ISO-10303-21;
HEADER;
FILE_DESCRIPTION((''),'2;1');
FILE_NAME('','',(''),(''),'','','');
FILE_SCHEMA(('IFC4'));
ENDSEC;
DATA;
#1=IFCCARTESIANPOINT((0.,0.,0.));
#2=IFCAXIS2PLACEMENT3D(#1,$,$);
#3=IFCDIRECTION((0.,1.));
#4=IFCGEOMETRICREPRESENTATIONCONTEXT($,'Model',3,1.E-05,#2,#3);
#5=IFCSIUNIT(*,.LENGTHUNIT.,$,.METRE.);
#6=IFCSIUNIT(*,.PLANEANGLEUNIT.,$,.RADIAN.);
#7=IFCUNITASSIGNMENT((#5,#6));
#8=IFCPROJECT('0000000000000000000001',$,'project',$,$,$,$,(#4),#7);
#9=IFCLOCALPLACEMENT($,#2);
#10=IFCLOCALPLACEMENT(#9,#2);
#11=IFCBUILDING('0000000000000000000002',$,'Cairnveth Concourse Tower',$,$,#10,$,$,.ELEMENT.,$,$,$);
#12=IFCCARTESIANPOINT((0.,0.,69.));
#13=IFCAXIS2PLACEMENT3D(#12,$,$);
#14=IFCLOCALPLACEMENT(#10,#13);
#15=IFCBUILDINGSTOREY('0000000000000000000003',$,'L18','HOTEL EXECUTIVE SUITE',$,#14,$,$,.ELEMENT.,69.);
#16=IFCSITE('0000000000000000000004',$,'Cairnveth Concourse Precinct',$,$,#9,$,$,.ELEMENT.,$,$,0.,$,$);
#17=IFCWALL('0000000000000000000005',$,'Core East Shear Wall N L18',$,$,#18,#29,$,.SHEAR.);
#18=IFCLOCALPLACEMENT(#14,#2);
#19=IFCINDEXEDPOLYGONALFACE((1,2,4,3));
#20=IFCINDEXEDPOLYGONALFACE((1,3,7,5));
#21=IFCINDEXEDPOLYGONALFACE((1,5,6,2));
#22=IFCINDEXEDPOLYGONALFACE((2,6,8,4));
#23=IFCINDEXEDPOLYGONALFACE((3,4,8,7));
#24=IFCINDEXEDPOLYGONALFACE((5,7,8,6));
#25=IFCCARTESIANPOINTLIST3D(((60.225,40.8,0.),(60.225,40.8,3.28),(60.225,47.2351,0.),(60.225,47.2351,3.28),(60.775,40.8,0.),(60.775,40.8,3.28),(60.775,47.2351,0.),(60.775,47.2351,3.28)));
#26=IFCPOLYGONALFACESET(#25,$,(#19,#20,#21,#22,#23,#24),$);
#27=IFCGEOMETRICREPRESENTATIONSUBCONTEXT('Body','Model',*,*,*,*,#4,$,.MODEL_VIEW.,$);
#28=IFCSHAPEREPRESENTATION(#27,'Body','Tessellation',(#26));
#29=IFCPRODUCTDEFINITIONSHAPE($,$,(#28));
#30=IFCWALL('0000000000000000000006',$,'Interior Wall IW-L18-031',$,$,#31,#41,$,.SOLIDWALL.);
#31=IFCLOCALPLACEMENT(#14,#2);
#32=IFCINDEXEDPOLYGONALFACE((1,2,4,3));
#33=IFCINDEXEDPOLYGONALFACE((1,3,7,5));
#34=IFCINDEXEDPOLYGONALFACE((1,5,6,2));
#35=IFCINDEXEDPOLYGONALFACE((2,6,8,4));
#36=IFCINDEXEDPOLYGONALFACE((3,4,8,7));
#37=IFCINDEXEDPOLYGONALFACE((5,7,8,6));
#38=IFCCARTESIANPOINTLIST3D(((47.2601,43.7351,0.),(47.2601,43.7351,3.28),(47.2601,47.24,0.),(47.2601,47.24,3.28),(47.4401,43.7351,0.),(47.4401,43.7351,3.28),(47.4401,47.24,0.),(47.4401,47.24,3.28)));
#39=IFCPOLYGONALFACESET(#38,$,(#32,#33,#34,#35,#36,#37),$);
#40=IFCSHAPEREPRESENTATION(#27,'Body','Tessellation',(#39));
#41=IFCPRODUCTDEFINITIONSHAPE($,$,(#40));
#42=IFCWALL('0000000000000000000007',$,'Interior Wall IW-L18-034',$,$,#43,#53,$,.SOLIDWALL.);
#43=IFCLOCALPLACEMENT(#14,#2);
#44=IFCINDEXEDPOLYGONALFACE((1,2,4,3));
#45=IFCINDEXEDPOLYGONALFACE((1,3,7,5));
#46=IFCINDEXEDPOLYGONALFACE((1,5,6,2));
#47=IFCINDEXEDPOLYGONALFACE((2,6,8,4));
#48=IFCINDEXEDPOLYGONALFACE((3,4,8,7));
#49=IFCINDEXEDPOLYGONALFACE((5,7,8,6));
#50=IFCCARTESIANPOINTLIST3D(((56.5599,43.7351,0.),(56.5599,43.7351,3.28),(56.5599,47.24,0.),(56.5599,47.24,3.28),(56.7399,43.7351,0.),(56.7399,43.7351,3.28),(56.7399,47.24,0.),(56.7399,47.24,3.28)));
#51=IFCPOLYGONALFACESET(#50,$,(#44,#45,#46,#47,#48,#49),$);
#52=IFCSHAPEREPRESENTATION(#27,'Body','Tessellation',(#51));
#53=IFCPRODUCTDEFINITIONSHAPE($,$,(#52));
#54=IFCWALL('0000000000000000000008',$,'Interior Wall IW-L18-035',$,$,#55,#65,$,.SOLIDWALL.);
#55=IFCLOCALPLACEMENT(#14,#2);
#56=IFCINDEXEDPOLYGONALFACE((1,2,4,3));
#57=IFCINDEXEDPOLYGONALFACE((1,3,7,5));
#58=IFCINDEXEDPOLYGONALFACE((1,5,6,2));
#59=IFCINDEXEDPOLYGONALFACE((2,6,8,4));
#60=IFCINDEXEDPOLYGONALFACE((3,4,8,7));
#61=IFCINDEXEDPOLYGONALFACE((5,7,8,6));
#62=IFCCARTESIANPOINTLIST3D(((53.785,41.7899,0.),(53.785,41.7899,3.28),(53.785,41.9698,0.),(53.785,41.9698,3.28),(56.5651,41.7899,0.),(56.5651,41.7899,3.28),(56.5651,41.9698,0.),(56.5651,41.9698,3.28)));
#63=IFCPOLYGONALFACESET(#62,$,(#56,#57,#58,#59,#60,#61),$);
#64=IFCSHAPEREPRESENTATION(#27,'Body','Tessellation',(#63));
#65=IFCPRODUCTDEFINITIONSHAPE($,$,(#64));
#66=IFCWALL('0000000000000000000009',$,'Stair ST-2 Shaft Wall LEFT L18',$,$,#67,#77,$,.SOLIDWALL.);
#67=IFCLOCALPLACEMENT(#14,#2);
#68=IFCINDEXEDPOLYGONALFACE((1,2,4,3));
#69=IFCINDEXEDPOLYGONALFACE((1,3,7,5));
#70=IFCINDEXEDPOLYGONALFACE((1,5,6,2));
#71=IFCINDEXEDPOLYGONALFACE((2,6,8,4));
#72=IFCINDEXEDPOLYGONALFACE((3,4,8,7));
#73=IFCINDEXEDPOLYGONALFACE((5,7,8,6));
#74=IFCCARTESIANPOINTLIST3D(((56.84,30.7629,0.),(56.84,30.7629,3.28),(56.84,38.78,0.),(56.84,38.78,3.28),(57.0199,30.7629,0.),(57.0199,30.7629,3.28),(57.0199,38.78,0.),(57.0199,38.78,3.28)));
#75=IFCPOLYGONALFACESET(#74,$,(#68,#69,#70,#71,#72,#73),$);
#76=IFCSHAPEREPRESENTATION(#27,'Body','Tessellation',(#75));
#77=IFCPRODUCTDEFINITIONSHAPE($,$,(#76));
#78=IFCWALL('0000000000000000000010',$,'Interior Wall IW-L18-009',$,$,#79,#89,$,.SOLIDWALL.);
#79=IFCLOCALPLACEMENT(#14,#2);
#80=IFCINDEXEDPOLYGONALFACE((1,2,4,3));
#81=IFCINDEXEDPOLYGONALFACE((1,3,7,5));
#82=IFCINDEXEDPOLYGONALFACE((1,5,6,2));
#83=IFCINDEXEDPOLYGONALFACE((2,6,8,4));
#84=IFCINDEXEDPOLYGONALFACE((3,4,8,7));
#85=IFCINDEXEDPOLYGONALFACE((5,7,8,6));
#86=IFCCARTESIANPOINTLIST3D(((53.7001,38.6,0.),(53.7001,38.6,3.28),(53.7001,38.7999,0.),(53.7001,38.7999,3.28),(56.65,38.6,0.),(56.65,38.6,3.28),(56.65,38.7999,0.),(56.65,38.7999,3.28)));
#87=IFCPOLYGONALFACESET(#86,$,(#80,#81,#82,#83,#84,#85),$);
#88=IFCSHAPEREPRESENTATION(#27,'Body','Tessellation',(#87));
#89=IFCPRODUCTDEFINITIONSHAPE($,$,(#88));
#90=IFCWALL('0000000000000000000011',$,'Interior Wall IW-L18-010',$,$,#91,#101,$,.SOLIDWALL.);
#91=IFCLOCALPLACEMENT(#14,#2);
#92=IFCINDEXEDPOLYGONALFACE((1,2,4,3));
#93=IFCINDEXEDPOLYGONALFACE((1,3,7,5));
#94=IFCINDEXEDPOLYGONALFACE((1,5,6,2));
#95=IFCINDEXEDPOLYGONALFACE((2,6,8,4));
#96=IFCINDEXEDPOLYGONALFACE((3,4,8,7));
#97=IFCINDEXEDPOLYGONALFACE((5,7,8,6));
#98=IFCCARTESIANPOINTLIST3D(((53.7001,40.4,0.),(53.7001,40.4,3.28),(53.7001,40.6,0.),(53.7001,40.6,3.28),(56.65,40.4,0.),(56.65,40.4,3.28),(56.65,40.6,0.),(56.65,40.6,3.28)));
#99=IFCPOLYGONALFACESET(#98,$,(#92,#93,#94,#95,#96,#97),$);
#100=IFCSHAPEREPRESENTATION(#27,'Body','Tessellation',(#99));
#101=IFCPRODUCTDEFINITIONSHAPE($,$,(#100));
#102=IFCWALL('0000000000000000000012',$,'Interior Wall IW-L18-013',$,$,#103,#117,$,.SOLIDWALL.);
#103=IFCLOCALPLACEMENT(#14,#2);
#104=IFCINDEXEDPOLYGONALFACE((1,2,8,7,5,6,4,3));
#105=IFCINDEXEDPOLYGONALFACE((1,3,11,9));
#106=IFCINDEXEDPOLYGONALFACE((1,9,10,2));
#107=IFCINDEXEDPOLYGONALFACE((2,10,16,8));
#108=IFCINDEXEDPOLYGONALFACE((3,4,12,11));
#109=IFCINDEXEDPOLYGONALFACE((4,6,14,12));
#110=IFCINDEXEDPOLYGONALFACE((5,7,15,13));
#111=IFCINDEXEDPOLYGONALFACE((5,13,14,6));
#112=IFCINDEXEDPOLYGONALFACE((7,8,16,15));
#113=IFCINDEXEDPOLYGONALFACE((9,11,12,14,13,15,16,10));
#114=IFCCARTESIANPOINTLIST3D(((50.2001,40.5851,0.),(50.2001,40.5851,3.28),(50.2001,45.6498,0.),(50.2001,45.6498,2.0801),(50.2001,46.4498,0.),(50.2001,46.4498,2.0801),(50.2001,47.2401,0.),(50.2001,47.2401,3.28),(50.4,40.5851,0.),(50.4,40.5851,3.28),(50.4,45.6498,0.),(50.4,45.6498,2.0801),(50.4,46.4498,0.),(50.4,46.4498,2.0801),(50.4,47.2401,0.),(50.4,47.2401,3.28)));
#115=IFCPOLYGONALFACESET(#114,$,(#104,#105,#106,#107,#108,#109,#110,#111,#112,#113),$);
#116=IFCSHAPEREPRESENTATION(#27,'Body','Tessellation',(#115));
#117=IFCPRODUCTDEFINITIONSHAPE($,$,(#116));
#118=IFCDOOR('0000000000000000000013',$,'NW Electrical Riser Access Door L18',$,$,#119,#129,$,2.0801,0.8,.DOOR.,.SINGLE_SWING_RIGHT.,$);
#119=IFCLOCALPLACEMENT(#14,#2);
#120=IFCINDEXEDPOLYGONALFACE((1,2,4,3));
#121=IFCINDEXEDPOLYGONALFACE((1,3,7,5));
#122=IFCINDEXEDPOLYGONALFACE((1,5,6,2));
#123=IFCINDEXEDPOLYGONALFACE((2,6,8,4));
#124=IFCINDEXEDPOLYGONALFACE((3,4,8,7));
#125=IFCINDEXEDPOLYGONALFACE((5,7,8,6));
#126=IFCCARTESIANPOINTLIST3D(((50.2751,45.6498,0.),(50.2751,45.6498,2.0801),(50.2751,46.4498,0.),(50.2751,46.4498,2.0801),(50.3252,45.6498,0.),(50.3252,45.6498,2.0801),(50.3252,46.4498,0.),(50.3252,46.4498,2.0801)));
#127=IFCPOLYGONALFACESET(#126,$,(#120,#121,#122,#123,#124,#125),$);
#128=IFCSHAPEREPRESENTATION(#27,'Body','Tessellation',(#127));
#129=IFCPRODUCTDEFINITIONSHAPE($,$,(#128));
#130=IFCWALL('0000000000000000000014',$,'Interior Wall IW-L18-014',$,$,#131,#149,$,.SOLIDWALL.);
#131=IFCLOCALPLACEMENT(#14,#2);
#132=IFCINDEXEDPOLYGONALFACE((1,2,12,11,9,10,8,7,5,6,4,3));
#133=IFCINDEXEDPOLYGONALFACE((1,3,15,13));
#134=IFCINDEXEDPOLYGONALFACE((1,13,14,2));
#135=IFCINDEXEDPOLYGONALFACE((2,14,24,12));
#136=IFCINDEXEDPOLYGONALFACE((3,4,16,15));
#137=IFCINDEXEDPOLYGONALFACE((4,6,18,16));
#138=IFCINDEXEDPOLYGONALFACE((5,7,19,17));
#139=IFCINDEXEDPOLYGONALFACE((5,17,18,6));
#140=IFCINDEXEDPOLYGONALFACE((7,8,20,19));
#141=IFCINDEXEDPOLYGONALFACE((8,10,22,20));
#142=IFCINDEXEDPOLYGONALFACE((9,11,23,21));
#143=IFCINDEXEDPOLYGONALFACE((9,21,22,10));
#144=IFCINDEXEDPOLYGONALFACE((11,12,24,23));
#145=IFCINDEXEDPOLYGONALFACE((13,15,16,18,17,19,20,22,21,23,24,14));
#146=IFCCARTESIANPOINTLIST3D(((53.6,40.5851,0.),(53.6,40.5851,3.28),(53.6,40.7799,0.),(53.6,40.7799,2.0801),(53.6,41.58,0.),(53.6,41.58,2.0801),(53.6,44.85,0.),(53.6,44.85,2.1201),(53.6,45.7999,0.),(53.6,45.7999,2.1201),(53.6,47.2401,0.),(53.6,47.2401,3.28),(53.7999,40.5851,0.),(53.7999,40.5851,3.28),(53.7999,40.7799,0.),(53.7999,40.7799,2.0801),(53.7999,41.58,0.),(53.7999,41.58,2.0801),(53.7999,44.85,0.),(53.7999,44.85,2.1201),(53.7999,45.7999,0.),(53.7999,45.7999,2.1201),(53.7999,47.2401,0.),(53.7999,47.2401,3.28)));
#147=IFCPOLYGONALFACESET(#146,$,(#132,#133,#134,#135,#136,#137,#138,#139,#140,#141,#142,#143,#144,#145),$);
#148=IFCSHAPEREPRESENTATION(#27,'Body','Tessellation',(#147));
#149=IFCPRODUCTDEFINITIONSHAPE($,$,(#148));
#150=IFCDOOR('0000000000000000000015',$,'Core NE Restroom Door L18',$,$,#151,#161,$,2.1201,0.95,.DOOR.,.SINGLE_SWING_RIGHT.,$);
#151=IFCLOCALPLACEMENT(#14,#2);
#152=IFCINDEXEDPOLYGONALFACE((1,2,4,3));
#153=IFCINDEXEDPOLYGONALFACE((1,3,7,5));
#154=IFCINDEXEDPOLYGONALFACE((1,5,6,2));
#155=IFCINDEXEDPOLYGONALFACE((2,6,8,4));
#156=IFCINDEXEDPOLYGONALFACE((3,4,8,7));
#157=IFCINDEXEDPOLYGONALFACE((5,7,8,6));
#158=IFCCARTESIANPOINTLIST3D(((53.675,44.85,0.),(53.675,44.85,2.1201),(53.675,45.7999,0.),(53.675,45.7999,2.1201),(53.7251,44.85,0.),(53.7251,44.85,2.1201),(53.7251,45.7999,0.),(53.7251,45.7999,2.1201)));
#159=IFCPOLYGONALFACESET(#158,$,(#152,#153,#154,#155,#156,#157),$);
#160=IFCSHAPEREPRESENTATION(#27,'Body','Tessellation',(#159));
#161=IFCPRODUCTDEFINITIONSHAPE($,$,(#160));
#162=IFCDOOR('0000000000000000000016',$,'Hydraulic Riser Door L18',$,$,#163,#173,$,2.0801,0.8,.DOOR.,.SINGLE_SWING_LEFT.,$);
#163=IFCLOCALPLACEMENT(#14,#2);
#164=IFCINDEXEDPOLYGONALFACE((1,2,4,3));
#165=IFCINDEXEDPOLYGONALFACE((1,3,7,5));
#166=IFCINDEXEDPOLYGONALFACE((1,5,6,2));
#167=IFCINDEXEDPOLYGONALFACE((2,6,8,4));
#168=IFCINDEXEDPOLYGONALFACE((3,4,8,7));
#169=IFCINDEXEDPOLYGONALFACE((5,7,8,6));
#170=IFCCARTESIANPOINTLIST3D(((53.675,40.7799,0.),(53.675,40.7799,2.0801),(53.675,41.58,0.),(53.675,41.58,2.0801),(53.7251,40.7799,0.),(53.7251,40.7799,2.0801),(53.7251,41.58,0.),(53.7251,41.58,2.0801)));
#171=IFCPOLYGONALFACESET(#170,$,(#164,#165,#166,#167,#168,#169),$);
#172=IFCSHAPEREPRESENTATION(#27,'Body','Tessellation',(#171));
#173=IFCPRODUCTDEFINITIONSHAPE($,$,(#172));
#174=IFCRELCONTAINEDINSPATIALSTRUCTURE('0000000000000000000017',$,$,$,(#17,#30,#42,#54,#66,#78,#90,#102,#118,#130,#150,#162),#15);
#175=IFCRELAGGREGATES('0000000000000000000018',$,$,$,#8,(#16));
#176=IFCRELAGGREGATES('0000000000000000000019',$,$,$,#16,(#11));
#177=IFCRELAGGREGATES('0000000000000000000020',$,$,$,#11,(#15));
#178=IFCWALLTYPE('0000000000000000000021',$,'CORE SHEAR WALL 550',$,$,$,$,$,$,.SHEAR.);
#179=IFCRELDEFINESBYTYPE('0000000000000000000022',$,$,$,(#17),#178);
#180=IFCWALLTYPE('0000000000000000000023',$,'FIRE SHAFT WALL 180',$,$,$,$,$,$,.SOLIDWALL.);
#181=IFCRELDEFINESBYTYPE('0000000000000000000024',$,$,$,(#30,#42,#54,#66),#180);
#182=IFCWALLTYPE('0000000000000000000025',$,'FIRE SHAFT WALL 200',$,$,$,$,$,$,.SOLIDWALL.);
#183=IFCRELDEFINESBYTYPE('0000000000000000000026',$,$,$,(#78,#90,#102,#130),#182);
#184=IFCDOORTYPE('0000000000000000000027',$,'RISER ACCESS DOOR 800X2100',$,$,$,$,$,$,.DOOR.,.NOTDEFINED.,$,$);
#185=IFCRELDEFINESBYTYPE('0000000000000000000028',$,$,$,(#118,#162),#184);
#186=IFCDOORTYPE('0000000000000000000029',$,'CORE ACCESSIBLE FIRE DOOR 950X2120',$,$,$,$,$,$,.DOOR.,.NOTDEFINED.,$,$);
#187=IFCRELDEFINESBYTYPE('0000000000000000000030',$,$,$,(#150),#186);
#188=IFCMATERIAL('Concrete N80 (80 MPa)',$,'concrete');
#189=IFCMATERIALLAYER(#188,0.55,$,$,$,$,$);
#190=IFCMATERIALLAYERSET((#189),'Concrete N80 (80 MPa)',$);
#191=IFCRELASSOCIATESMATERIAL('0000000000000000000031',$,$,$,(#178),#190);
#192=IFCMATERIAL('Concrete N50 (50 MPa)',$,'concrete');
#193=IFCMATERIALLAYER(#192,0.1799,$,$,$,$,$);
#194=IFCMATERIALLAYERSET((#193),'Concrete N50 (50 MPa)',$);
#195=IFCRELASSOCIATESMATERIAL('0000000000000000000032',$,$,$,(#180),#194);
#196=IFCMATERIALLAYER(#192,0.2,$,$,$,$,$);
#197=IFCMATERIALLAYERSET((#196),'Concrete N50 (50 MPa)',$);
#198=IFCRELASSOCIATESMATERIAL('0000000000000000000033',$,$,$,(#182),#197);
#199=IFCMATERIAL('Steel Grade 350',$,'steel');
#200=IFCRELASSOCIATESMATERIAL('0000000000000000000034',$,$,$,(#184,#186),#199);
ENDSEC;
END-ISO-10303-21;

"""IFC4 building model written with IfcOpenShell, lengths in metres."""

from ifc_helpers import new_model, si_unit, direction, frame, frame_2d, origin, place, context, subcontext, project, spatial, rectangle, extrude, material, layer, layer_set, type_object, element, fill, save


model = new_model("IFC4")

# Units and contexts
model_context = context("Model", 3, precision=1e-05, world=origin(), true_north=direction((0.0, 1.0)))
body_context = subcontext(model_context, "Body", "Model", "MODEL_VIEW")
ifc_project = project(units=[si_unit("LENGTHUNIT", "METRE"), si_unit("PLANEANGLEUNIT", "RADIAN")], contexts=[model_context])

# Site, building, storey
site_placement = place(None, origin())
site = spatial("IfcSite", under=ifc_project, at=site_placement, Name="Cairnveth Concourse Precinct", CompositionType="ELEMENT", RefElevation=0.0)
building_placement = place(site_placement, origin())
building = spatial("IfcBuilding", under=site, at=building_placement, Name="Cairnveth Concourse Tower", CompositionType="ELEMENT")
storey_placement = place(building_placement, frame((0.0, 0.0, 69.0)))
storey = spatial("IfcBuildingStorey", under=building, at=storey_placement, Name="L18", Description="HOTEL EXECUTIVE SUITE", CompositionType="ELEMENT", Elevation=69.0)

# Walls
ifc_material_1 = material(Name="Concrete N80 (80 MPa)", Category="concrete")
ifc_layer_1 = layer(ifc_material_1, 0.55)
ifc_layer_set_1 = layer_set([ifc_layer_1], Name="Concrete N80 (80 MPa)")
wall_type_1 = type_object("IfcWallType", Name="CORE SHEAR WALL 550", PredefinedType="SHEAR", material=ifc_layer_set_1)
wall_1_placement = place(storey_placement, frame((60.5, 40.8, 0.0), z_axis=(0.0, 0.0, 1.0), x_axis=(0.0, 1.0, 0.0)))
element("IfcWall", 1, at=wall_1_placement, inside=storey, type_object=wall_type_1, Name="Core East Shear Wall N L18", PredefinedType="SHEAR", context=body_context, shape_type="SweptSolid", body=[
    extrude(rectangle(XDim=6.4351, YDim=0.55, at=frame_2d((3.2175, 0.0))), origin(), (0.0, 0.0, 1.0), 3.28),
])
ifc_material_2 = material(Name="Concrete N50 (50 MPa)", Category="concrete")
ifc_layer_2 = layer(ifc_material_2, 0.1799)
ifc_layer_set_2 = layer_set([ifc_layer_2], Name="Concrete N50 (50 MPa)")
wall_type_2 = type_object("IfcWallType", Name="FIRE SHAFT WALL 180", PredefinedType="SOLIDWALL", material=ifc_layer_set_2)
for number, where, z_axis, x_axis, name in (
    (2, (47.3501, 43.7351, 0.0), (0.0, 0.0, 1.0), (0.0, 1.0, 0.0), "Interior Wall IW-L18-031"),
    (3, (56.6499, 43.7351, 0.0), (0.0, 0.0, 1.0), (0.0, 1.0, 0.0), "Interior Wall IW-L18-034"),
):
    element("IfcWall", number, at=place(storey_placement, frame(where, z_axis=z_axis, x_axis=x_axis)), inside=storey, type_object=wall_type_2, Name=name, PredefinedType="SOLIDWALL", context=body_context, shape_type="SweptSolid", body=[
        extrude(rectangle(XDim=3.5049, YDim=0.1799, at=frame_2d((1.7524, 0.0))), origin(), (0.0, 0.0, 1.0), 3.28),
    ])
wall_2_placement = place(storey_placement, frame((53.7849, 41.8799, 0.0), z_axis=(0.0, 0.0, 1.0), x_axis=(1.0, 0.0, 0.0)))
element("IfcWall", 4, at=wall_2_placement, inside=storey, type_object=wall_type_2, Name="Interior Wall IW-L18-035", PredefinedType="SOLIDWALL", context=body_context, shape_type="SweptSolid", body=[
    extrude(rectangle(XDim=2.78, YDim=0.1799, at=frame_2d((1.3901, 0.0))), origin(), (0.0, 0.0, 1.0), 3.28),
])
wall_3_placement = place(storey_placement, frame((56.9299, 38.78, 0.0), z_axis=(0.0, 0.0, 1.0), x_axis=(0.0, -1.0, 0.0)))
element("IfcWall", 5, at=wall_3_placement, inside=storey, type_object=wall_type_2, Name="Stair ST-2 Shaft Wall LEFT L18", PredefinedType="SOLIDWALL", context=body_context, shape_type="SweptSolid", body=[
    extrude(rectangle(XDim=8.0171, YDim=0.1799, at=frame_2d((4.0085, 0.0))), origin(), (0.0, 0.0, 1.0), 3.28),
])
ifc_layer_3 = layer(ifc_material_2, 0.2)
ifc_layer_set_3 = layer_set([ifc_layer_3], Name="Concrete N50 (50 MPa)")
wall_type_3 = type_object("IfcWallType", Name="FIRE SHAFT WALL 200", PredefinedType="SOLIDWALL", material=ifc_layer_set_3)
for number, where, z_axis, x_axis, name in (
    (6, (53.7, 38.7, 0.0), (0.0, 0.0, 1.0), (1.0, 0.0, 0.0), "Interior Wall IW-L18-009"),
    (7, (53.7, 40.5, 0.0), (0.0, 0.0, 1.0), (1.0, 0.0, 0.0), "Interior Wall IW-L18-010"),
):
    element("IfcWall", number, at=place(storey_placement, frame(where, z_axis=z_axis, x_axis=x_axis)), inside=storey, type_object=wall_type_3, Name=name, PredefinedType="SOLIDWALL", context=body_context, shape_type="SweptSolid", body=[
        extrude(rectangle(XDim=2.95, YDim=0.2, at=frame_2d((1.4751, 0.0))), origin(), (0.0, 0.0, 1.0), 3.28),
    ])

# Wall, opening, door
wall_4_placement = place(storey_placement, frame((50.3, 40.585, 0.0), z_axis=(0.0, 0.0, 1.0), x_axis=(0.0, 1.0, 0.0)))
wall_4 = element("IfcWall", 8, at=wall_4_placement, inside=storey, type_object=wall_type_3, Name="Interior Wall IW-L18-013", PredefinedType="SOLIDWALL", context=body_context, shape_type="SweptSolid", body=[
    extrude(rectangle(XDim=6.655, YDim=0.2, at=frame_2d((3.3276, 0.0))), origin(), (0.0, 0.0, 1.0), 3.28),
])
opening_1_placement = place(wall_4_placement, frame((5.0649, 0.0, 0.0)))
opening_1 = element("IfcOpeningElement", 9, at=opening_1_placement, cuts=wall_4, PredefinedType="OPENING", context=body_context, shape_type="SweptSolid", body=[
    extrude(rectangle(XDim=0.8, YDim=2.0801, at=frame_2d((0.3999, 1.04))), frame((0.0, 0.1099, 0.0), z_axis=(0.0, -1.0, 0.0), x_axis=(1.0, 0.0, 0.0)), (0.0, 0.0, 1.0), 0.22),
])
ifc_material_3 = material(Name="Steel Grade 350", Category="steel")
door_type_1 = type_object("IfcDoorType", Name="RISER ACCESS DOOR 800X2100", OperationType="NOTDEFINED", PredefinedType="DOOR", material=ifc_material_3)
door_1_placement = place(opening_1_placement, origin())
door_1 = element("IfcDoor", 10, at=door_1_placement, inside=storey, type_object=door_type_1, Name="NW Electrical Riser Access Door L18", OperationType="SINGLE_SWING_RIGHT", OverallHeight=2.0801, OverallWidth=0.8, PredefinedType="DOOR", context=body_context, shape_type="SweptSolid", body=[
    extrude(rectangle(XDim=0.8, YDim=2.0801, at=frame_2d((0.3999, 1.04))), frame((0.0, 0.0249, 0.0), z_axis=(0.0, -1.0, 0.0), x_axis=(1.0, 0.0, 0.0)), (0.0, 0.0, 1.0), 0.05),
])
fill(opening_1, door_1)

# Wall, openings, doors
wall_5_placement = place(storey_placement, frame((53.7, 40.585, 0.0), z_axis=(0.0, 0.0, 1.0), x_axis=(0.0, 1.0, 0.0)))
wall_5 = element("IfcWall", 11, at=wall_5_placement, inside=storey, type_object=wall_type_3, Name="Interior Wall IW-L18-014", PredefinedType="SOLIDWALL", context=body_context, shape_type="SweptSolid", body=[
    extrude(rectangle(XDim=6.655, YDim=0.2, at=frame_2d((3.3276, 0.0))), origin(), (0.0, 0.0, 1.0), 3.28),
])
opening_2_placement = place(wall_5_placement, frame((0.1951, 0.0, 0.0)))
opening_2 = element("IfcOpeningElement", 12, at=opening_2_placement, cuts=wall_5, PredefinedType="OPENING", context=body_context, shape_type="SweptSolid", body=[
    extrude(rectangle(XDim=0.8, YDim=2.0801, at=frame_2d((0.3999, 1.04))), frame((0.0, 0.1099, 0.0), z_axis=(0.0, -1.0, 0.0), x_axis=(1.0, 0.0, 0.0)), (0.0, 0.0, 1.0), 0.22),
])
opening_3_placement = place(wall_5_placement, frame((4.2649, 0.0, 0.0)))
opening_3 = element("IfcOpeningElement", 13, at=opening_3_placement, cuts=wall_5, PredefinedType="OPENING", context=body_context, shape_type="SweptSolid", body=[
    extrude(rectangle(XDim=0.95, YDim=2.1201, at=frame_2d((0.4751, 1.0601))), frame((0.0, 0.1099, 0.0), z_axis=(0.0, -1.0, 0.0), x_axis=(1.0, 0.0, 0.0)), (0.0, 0.0, 1.0), 0.22),
])
door_type_2 = type_object("IfcDoorType", Name="CORE ACCESSIBLE FIRE DOOR 950X2120", OperationType="NOTDEFINED", PredefinedType="DOOR", material=ifc_material_3)
door_2_placement = place(opening_3_placement, origin())
door_2 = element("IfcDoor", 14, at=door_2_placement, inside=storey, type_object=door_type_2, Name="Core NE Restroom Door L18", OperationType="SINGLE_SWING_RIGHT", OverallHeight=2.1201, OverallWidth=0.95, PredefinedType="DOOR", context=body_context, shape_type="SweptSolid", body=[
    extrude(rectangle(XDim=0.95, YDim=2.1201, at=frame_2d((0.4751, 1.0601))), frame((0.0, 0.0249, 0.0), z_axis=(0.0, -1.0, 0.0), x_axis=(1.0, 0.0, 0.0)), (0.0, 0.0, 1.0), 0.05),
])
fill(opening_3, door_2)
door_3_placement = place(opening_2_placement, origin())
door_3 = element("IfcDoor", 15, at=door_3_placement, inside=storey, type_object=door_type_1, Name="Hydraulic Riser Door L18", OperationType="SINGLE_SWING_LEFT", OverallHeight=2.0801, OverallWidth=0.8, PredefinedType="DOOR", context=body_context, shape_type="SweptSolid", body=[
    extrude(rectangle(XDim=0.8, YDim=2.0801, at=frame_2d((0.3999, 1.04))), frame((0.0, 0.0249, 0.0), z_axis=(0.0, -1.0, 0.0), x_axis=(1.0, 0.0, 0.0)), (0.0, 0.0, 1.0), 0.05),
])
fill(opening_2, door_3)

save(model, "model.ifc")
